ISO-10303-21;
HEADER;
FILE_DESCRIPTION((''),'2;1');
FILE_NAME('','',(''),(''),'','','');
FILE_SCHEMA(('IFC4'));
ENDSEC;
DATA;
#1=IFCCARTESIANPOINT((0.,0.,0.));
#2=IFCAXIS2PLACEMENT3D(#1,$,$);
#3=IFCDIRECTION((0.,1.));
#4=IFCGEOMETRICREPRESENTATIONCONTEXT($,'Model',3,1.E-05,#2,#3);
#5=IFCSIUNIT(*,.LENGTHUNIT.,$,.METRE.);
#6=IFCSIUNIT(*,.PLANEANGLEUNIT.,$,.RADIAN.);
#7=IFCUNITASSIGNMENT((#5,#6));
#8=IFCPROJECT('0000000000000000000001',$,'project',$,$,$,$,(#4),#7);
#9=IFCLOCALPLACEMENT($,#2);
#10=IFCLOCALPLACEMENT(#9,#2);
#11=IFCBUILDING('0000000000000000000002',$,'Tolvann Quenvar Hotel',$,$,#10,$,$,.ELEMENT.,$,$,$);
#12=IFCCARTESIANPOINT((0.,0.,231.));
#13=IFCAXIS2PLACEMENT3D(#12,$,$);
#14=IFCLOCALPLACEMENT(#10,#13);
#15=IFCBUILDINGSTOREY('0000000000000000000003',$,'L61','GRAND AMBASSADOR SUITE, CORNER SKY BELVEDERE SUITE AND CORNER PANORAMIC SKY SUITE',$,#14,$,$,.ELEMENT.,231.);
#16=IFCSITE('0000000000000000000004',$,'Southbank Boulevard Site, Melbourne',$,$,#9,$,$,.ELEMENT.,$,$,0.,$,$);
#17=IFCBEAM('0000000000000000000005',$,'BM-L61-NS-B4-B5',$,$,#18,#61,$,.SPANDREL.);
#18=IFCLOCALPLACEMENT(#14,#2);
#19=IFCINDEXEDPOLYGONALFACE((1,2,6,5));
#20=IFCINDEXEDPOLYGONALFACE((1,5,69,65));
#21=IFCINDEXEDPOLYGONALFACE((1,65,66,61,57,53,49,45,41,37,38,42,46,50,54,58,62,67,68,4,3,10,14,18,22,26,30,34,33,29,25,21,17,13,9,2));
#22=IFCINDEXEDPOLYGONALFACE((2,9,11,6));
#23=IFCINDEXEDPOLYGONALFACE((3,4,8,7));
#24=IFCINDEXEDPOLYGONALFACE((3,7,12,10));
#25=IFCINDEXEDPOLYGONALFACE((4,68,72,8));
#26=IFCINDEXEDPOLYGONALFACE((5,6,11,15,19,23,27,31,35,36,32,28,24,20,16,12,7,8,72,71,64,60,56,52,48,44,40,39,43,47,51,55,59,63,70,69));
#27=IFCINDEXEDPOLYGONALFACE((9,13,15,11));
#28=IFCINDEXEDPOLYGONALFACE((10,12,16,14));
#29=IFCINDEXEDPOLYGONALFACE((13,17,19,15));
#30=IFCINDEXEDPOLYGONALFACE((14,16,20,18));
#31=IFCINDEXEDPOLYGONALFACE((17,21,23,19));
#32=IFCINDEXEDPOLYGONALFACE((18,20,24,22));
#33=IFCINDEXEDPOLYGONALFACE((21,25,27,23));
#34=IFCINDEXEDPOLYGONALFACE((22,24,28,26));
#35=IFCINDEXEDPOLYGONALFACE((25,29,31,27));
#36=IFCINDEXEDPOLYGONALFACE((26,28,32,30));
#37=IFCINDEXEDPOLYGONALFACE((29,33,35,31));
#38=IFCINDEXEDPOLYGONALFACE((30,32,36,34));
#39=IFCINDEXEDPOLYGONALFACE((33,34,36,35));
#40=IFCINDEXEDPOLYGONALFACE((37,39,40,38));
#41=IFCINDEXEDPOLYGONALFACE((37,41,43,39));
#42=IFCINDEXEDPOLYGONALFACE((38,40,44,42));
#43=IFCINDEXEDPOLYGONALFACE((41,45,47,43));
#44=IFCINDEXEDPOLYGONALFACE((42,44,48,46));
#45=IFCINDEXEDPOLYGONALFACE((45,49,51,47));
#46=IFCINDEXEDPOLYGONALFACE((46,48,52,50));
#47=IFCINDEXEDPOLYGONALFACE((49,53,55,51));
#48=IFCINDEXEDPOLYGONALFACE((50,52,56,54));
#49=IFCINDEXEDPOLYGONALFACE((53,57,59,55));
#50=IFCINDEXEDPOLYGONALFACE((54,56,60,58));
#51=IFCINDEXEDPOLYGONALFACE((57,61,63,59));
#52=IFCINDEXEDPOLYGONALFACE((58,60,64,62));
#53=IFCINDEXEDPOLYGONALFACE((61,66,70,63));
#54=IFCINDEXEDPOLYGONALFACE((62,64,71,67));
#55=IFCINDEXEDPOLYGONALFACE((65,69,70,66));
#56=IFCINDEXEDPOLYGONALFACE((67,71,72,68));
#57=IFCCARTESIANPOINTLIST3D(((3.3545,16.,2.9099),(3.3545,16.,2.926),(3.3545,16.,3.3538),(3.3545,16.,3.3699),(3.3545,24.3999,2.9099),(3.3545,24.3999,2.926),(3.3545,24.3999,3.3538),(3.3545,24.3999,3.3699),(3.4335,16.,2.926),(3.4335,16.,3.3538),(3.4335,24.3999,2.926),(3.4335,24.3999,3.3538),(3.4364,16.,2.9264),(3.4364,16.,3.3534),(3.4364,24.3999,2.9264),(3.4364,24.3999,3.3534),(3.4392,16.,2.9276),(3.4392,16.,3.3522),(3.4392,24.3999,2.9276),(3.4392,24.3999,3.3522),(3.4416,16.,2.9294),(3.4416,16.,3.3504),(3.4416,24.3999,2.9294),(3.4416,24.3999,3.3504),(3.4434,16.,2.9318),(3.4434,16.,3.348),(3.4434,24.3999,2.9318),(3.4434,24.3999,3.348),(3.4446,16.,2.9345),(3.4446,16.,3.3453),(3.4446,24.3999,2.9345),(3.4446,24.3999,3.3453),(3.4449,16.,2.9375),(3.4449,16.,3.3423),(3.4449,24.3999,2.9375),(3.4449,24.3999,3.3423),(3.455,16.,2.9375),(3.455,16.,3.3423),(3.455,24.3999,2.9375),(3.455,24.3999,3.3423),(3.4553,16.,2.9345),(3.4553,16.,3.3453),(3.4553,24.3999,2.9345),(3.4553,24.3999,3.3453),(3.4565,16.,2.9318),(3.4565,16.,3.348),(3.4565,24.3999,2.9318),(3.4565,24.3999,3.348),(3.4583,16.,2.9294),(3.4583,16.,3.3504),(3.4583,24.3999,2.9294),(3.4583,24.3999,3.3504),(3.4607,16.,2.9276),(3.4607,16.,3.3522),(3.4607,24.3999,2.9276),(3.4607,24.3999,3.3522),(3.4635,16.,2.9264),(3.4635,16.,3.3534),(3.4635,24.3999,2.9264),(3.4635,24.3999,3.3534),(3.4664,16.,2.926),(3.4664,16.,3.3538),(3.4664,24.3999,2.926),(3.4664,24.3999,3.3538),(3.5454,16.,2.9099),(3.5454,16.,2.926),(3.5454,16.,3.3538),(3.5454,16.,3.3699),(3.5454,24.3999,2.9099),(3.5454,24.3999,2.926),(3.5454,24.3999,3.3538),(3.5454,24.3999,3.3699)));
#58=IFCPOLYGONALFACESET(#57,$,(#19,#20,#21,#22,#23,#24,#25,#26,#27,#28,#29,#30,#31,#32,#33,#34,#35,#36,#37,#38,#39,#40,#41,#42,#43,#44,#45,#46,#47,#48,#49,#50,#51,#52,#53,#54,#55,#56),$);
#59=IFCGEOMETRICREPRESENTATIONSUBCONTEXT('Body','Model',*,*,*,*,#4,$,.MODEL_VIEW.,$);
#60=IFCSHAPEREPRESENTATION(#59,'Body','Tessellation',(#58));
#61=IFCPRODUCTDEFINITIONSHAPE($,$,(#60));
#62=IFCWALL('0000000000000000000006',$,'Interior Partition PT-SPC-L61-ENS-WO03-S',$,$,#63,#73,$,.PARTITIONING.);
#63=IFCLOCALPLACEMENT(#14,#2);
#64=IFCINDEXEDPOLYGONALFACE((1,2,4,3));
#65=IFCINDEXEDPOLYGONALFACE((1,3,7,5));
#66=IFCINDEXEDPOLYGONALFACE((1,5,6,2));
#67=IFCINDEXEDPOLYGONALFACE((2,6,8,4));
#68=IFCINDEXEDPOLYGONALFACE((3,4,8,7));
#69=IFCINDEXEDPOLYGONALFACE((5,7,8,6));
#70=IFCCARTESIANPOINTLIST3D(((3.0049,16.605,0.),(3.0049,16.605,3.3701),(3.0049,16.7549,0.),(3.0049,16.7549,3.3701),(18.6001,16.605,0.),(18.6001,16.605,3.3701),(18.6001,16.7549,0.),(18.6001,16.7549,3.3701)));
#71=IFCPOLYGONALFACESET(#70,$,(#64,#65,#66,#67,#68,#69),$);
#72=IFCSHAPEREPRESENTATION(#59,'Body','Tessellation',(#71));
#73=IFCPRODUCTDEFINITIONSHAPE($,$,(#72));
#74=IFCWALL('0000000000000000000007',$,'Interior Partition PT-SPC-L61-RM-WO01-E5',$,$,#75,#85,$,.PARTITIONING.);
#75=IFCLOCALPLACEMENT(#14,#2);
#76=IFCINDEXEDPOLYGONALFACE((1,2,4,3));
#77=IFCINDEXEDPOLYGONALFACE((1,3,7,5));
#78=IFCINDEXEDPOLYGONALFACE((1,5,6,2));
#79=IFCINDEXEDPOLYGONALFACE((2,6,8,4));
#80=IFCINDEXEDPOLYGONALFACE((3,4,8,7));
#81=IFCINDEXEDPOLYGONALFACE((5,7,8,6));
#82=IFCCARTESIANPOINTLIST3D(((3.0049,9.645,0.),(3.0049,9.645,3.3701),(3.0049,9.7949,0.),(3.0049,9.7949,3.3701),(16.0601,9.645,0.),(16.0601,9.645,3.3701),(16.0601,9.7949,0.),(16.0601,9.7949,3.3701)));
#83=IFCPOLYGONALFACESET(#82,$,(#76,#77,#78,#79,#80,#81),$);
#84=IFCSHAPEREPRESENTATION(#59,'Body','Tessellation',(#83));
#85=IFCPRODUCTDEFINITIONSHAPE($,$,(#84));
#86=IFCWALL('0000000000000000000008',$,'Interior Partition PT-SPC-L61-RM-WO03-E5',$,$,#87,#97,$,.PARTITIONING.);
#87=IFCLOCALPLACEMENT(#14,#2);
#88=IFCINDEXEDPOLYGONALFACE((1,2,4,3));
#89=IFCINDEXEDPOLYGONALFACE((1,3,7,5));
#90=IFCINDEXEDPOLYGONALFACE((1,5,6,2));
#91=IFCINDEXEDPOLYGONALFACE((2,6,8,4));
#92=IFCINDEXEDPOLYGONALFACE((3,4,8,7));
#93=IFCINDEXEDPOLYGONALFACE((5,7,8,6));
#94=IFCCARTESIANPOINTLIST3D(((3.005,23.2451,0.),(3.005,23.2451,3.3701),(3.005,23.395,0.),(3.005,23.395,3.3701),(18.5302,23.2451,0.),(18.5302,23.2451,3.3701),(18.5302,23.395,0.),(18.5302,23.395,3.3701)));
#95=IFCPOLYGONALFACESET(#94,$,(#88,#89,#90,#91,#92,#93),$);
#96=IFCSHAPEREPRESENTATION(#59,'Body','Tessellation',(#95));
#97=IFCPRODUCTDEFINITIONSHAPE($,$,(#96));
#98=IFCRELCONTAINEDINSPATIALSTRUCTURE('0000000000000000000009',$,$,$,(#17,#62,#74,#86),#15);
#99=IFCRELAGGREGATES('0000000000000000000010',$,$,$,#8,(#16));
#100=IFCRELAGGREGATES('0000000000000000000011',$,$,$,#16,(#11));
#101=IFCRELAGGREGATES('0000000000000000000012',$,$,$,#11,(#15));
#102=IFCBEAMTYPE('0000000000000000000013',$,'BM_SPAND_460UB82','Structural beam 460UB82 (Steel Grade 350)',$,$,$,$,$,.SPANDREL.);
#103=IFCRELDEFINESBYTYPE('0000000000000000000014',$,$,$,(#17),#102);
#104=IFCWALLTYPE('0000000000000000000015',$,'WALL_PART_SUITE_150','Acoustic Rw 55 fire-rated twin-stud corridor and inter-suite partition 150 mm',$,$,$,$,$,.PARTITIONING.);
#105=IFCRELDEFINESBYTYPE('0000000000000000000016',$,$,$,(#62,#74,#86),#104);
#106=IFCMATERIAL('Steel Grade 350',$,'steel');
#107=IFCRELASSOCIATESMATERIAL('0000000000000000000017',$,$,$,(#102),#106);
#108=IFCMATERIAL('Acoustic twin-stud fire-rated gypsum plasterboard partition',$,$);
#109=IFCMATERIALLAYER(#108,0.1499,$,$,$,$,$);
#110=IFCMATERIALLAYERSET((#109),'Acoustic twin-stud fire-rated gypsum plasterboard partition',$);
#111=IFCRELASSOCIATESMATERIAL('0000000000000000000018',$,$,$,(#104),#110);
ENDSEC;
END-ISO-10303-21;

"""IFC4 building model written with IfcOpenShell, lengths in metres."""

from ifc_helpers import new_model, si_unit, direction, frame, frame_2d, origin, origin_2d, place, context, subcontext, project, spatial, rectangle, i_section, extrude, source, transform, mapped, material, layer, layer_set, material_profile, profile_set, type_object, type_shapes, element, save


model = new_model("IFC4")

# Units and contexts
model_context = context("Model", 3, precision=1e-05, world=origin(), true_north=direction((0.0, 1.0)))
body_context = subcontext(model_context, "Body", "Model", "MODEL_VIEW")
ifc_project = project(units=[si_unit("LENGTHUNIT", "METRE"), si_unit("PLANEANGLEUNIT", "RADIAN")], contexts=[model_context])

# Site, building, storey
site_placement = place(None, origin())
site = spatial("IfcSite", under=ifc_project, at=site_placement, Name="Southbank Boulevard Site, Melbourne", CompositionType="ELEMENT", RefElevation=0.0)
building_placement = place(site_placement, origin())
building = spatial("IfcBuilding", under=site, at=building_placement, Name="Tolvann Quenvar Hotel", CompositionType="ELEMENT")
storey_placement = place(building_placement, frame((0.0, 0.0, 231.0)))
storey = spatial("IfcBuildingStorey", under=building, at=storey_placement, Name="L61", Description="GRAND AMBASSADOR SUITE, CORNER SKY BELVEDERE SUITE AND CORNER PANORAMIC SKY SUITE", CompositionType="ELEMENT", Elevation=231.0)

# Shared definitions
ifc_material_1 = material(Name="Steel Grade 350", Category="steel")

# Beam
ifc_material_profile_1 = material_profile(ifc_material_1, i_section(OverallWidth=0.1909, OverallDepth=0.46, WebThickness=0.01, FlangeThickness=0.0161, FilletRadius=0.0115, at=origin_2d()), Name="460UB82")
ifc_profile_set_1 = profile_set([ifc_material_profile_1], Name="Steel Grade 350")
beam_type_1 = type_object("IfcBeamType", Name="BM_SPAND_460UB82", Description="Structural beam 460UB82 (Steel Grade 350)", PredefinedType="SPANDREL", material=ifc_profile_set_1)
shared_shape_1 = source(origin(), body_context, "Body", "SweptSolid", [
    extrude(i_section(OverallWidth=0.1909, OverallDepth=0.46, WebThickness=0.01, FlangeThickness=0.0161, FilletRadius=0.0115, at=origin_2d()), origin(), (0.0, 0.0, 1.0), 8.3999),
])
type_shapes(beam_type_1, [shared_shape_1])
beam_1_placement = place(storey_placement, frame((3.45, 16.0, 3.1399), z_axis=(0.0, 1.0, 0.0), x_axis=(-1.0, 0.0, 0.0)))
element("IfcBeam", 1, at=beam_1_placement, inside=storey, type_object=beam_type_1, Name="BM-L61-NS-B4-B5", PredefinedType="SPANDREL", context=body_context, shape_type="MappedRepresentation", body=[
    mapped(shared_shape_1, transform((0.0, 0.0, 0.0), x_axis=(1.0, 0.0, 0.0), y_axis=(0.0, 1.0, 0.0), z_axis=(0.0, 0.0, 1.0), scale=1.0)),
])

# Walls
ifc_material_2 = material(Name="Acoustic twin-stud fire-rated gypsum plasterboard partition")
ifc_layer = layer(ifc_material_2, 0.1499)
ifc_layer_set = layer_set([ifc_layer], Name="Acoustic twin-stud fire-rated gypsum plasterboard partition")
wall_type = type_object("IfcWallType", Name="WALL_PART_SUITE_150", Description="Acoustic Rw 55 fire-rated twin-stud corridor and inter-suite partition 150 mm", PredefinedType="PARTITIONING", material=ifc_layer_set)
wall_1_placement = place(storey_placement, frame((3.0049, 16.6799, 0.0), z_axis=(0.0, 0.0, 1.0), x_axis=(1.0, 0.0, 0.0)))
element("IfcWall", 2, at=wall_1_placement, inside=storey, type_object=wall_type, Name="Interior Partition PT-SPC-L61-ENS-WO03-S", PredefinedType="PARTITIONING", context=body_context, shape_type="SweptSolid", body=[
    extrude(rectangle(XDim=15.5952, YDim=0.1499, at=frame_2d((7.7976, 0.0))), origin(), (0.0, 0.0, 1.0), 3.3701),
])
wall_2_placement = place(storey_placement, frame((3.0049, 9.72, 0.0), z_axis=(0.0, 0.0, 1.0), x_axis=(1.0, 0.0, 0.0)))
element("IfcWall", 3, at=wall_2_placement, inside=storey, type_object=wall_type, Name="Interior Partition PT-SPC-L61-RM-WO01-E5", PredefinedType="PARTITIONING", context=body_context, shape_type="SweptSolid", body=[
    extrude(rectangle(XDim=13.0552, YDim=0.1499, at=frame_2d((6.5276, 0.0))), origin(), (0.0, 0.0, 1.0), 3.3701),
])
wall_3_placement = place(storey_placement, frame((3.0049, 23.3201, 0.0), z_axis=(0.0, 0.0, 1.0), x_axis=(1.0, 0.0, 0.0)))
element("IfcWall", 4, at=wall_3_placement, inside=storey, type_object=wall_type, Name="Interior Partition PT-SPC-L61-RM-WO03-E5", PredefinedType="PARTITIONING", context=body_context, shape_type="SweptSolid", body=[
    extrude(rectangle(XDim=15.5251, YDim=0.1499, at=frame_2d((7.7627, 0.0))), origin(), (0.0, 0.0, 1.0), 3.3701),
])

save(model, "model.ifc")
